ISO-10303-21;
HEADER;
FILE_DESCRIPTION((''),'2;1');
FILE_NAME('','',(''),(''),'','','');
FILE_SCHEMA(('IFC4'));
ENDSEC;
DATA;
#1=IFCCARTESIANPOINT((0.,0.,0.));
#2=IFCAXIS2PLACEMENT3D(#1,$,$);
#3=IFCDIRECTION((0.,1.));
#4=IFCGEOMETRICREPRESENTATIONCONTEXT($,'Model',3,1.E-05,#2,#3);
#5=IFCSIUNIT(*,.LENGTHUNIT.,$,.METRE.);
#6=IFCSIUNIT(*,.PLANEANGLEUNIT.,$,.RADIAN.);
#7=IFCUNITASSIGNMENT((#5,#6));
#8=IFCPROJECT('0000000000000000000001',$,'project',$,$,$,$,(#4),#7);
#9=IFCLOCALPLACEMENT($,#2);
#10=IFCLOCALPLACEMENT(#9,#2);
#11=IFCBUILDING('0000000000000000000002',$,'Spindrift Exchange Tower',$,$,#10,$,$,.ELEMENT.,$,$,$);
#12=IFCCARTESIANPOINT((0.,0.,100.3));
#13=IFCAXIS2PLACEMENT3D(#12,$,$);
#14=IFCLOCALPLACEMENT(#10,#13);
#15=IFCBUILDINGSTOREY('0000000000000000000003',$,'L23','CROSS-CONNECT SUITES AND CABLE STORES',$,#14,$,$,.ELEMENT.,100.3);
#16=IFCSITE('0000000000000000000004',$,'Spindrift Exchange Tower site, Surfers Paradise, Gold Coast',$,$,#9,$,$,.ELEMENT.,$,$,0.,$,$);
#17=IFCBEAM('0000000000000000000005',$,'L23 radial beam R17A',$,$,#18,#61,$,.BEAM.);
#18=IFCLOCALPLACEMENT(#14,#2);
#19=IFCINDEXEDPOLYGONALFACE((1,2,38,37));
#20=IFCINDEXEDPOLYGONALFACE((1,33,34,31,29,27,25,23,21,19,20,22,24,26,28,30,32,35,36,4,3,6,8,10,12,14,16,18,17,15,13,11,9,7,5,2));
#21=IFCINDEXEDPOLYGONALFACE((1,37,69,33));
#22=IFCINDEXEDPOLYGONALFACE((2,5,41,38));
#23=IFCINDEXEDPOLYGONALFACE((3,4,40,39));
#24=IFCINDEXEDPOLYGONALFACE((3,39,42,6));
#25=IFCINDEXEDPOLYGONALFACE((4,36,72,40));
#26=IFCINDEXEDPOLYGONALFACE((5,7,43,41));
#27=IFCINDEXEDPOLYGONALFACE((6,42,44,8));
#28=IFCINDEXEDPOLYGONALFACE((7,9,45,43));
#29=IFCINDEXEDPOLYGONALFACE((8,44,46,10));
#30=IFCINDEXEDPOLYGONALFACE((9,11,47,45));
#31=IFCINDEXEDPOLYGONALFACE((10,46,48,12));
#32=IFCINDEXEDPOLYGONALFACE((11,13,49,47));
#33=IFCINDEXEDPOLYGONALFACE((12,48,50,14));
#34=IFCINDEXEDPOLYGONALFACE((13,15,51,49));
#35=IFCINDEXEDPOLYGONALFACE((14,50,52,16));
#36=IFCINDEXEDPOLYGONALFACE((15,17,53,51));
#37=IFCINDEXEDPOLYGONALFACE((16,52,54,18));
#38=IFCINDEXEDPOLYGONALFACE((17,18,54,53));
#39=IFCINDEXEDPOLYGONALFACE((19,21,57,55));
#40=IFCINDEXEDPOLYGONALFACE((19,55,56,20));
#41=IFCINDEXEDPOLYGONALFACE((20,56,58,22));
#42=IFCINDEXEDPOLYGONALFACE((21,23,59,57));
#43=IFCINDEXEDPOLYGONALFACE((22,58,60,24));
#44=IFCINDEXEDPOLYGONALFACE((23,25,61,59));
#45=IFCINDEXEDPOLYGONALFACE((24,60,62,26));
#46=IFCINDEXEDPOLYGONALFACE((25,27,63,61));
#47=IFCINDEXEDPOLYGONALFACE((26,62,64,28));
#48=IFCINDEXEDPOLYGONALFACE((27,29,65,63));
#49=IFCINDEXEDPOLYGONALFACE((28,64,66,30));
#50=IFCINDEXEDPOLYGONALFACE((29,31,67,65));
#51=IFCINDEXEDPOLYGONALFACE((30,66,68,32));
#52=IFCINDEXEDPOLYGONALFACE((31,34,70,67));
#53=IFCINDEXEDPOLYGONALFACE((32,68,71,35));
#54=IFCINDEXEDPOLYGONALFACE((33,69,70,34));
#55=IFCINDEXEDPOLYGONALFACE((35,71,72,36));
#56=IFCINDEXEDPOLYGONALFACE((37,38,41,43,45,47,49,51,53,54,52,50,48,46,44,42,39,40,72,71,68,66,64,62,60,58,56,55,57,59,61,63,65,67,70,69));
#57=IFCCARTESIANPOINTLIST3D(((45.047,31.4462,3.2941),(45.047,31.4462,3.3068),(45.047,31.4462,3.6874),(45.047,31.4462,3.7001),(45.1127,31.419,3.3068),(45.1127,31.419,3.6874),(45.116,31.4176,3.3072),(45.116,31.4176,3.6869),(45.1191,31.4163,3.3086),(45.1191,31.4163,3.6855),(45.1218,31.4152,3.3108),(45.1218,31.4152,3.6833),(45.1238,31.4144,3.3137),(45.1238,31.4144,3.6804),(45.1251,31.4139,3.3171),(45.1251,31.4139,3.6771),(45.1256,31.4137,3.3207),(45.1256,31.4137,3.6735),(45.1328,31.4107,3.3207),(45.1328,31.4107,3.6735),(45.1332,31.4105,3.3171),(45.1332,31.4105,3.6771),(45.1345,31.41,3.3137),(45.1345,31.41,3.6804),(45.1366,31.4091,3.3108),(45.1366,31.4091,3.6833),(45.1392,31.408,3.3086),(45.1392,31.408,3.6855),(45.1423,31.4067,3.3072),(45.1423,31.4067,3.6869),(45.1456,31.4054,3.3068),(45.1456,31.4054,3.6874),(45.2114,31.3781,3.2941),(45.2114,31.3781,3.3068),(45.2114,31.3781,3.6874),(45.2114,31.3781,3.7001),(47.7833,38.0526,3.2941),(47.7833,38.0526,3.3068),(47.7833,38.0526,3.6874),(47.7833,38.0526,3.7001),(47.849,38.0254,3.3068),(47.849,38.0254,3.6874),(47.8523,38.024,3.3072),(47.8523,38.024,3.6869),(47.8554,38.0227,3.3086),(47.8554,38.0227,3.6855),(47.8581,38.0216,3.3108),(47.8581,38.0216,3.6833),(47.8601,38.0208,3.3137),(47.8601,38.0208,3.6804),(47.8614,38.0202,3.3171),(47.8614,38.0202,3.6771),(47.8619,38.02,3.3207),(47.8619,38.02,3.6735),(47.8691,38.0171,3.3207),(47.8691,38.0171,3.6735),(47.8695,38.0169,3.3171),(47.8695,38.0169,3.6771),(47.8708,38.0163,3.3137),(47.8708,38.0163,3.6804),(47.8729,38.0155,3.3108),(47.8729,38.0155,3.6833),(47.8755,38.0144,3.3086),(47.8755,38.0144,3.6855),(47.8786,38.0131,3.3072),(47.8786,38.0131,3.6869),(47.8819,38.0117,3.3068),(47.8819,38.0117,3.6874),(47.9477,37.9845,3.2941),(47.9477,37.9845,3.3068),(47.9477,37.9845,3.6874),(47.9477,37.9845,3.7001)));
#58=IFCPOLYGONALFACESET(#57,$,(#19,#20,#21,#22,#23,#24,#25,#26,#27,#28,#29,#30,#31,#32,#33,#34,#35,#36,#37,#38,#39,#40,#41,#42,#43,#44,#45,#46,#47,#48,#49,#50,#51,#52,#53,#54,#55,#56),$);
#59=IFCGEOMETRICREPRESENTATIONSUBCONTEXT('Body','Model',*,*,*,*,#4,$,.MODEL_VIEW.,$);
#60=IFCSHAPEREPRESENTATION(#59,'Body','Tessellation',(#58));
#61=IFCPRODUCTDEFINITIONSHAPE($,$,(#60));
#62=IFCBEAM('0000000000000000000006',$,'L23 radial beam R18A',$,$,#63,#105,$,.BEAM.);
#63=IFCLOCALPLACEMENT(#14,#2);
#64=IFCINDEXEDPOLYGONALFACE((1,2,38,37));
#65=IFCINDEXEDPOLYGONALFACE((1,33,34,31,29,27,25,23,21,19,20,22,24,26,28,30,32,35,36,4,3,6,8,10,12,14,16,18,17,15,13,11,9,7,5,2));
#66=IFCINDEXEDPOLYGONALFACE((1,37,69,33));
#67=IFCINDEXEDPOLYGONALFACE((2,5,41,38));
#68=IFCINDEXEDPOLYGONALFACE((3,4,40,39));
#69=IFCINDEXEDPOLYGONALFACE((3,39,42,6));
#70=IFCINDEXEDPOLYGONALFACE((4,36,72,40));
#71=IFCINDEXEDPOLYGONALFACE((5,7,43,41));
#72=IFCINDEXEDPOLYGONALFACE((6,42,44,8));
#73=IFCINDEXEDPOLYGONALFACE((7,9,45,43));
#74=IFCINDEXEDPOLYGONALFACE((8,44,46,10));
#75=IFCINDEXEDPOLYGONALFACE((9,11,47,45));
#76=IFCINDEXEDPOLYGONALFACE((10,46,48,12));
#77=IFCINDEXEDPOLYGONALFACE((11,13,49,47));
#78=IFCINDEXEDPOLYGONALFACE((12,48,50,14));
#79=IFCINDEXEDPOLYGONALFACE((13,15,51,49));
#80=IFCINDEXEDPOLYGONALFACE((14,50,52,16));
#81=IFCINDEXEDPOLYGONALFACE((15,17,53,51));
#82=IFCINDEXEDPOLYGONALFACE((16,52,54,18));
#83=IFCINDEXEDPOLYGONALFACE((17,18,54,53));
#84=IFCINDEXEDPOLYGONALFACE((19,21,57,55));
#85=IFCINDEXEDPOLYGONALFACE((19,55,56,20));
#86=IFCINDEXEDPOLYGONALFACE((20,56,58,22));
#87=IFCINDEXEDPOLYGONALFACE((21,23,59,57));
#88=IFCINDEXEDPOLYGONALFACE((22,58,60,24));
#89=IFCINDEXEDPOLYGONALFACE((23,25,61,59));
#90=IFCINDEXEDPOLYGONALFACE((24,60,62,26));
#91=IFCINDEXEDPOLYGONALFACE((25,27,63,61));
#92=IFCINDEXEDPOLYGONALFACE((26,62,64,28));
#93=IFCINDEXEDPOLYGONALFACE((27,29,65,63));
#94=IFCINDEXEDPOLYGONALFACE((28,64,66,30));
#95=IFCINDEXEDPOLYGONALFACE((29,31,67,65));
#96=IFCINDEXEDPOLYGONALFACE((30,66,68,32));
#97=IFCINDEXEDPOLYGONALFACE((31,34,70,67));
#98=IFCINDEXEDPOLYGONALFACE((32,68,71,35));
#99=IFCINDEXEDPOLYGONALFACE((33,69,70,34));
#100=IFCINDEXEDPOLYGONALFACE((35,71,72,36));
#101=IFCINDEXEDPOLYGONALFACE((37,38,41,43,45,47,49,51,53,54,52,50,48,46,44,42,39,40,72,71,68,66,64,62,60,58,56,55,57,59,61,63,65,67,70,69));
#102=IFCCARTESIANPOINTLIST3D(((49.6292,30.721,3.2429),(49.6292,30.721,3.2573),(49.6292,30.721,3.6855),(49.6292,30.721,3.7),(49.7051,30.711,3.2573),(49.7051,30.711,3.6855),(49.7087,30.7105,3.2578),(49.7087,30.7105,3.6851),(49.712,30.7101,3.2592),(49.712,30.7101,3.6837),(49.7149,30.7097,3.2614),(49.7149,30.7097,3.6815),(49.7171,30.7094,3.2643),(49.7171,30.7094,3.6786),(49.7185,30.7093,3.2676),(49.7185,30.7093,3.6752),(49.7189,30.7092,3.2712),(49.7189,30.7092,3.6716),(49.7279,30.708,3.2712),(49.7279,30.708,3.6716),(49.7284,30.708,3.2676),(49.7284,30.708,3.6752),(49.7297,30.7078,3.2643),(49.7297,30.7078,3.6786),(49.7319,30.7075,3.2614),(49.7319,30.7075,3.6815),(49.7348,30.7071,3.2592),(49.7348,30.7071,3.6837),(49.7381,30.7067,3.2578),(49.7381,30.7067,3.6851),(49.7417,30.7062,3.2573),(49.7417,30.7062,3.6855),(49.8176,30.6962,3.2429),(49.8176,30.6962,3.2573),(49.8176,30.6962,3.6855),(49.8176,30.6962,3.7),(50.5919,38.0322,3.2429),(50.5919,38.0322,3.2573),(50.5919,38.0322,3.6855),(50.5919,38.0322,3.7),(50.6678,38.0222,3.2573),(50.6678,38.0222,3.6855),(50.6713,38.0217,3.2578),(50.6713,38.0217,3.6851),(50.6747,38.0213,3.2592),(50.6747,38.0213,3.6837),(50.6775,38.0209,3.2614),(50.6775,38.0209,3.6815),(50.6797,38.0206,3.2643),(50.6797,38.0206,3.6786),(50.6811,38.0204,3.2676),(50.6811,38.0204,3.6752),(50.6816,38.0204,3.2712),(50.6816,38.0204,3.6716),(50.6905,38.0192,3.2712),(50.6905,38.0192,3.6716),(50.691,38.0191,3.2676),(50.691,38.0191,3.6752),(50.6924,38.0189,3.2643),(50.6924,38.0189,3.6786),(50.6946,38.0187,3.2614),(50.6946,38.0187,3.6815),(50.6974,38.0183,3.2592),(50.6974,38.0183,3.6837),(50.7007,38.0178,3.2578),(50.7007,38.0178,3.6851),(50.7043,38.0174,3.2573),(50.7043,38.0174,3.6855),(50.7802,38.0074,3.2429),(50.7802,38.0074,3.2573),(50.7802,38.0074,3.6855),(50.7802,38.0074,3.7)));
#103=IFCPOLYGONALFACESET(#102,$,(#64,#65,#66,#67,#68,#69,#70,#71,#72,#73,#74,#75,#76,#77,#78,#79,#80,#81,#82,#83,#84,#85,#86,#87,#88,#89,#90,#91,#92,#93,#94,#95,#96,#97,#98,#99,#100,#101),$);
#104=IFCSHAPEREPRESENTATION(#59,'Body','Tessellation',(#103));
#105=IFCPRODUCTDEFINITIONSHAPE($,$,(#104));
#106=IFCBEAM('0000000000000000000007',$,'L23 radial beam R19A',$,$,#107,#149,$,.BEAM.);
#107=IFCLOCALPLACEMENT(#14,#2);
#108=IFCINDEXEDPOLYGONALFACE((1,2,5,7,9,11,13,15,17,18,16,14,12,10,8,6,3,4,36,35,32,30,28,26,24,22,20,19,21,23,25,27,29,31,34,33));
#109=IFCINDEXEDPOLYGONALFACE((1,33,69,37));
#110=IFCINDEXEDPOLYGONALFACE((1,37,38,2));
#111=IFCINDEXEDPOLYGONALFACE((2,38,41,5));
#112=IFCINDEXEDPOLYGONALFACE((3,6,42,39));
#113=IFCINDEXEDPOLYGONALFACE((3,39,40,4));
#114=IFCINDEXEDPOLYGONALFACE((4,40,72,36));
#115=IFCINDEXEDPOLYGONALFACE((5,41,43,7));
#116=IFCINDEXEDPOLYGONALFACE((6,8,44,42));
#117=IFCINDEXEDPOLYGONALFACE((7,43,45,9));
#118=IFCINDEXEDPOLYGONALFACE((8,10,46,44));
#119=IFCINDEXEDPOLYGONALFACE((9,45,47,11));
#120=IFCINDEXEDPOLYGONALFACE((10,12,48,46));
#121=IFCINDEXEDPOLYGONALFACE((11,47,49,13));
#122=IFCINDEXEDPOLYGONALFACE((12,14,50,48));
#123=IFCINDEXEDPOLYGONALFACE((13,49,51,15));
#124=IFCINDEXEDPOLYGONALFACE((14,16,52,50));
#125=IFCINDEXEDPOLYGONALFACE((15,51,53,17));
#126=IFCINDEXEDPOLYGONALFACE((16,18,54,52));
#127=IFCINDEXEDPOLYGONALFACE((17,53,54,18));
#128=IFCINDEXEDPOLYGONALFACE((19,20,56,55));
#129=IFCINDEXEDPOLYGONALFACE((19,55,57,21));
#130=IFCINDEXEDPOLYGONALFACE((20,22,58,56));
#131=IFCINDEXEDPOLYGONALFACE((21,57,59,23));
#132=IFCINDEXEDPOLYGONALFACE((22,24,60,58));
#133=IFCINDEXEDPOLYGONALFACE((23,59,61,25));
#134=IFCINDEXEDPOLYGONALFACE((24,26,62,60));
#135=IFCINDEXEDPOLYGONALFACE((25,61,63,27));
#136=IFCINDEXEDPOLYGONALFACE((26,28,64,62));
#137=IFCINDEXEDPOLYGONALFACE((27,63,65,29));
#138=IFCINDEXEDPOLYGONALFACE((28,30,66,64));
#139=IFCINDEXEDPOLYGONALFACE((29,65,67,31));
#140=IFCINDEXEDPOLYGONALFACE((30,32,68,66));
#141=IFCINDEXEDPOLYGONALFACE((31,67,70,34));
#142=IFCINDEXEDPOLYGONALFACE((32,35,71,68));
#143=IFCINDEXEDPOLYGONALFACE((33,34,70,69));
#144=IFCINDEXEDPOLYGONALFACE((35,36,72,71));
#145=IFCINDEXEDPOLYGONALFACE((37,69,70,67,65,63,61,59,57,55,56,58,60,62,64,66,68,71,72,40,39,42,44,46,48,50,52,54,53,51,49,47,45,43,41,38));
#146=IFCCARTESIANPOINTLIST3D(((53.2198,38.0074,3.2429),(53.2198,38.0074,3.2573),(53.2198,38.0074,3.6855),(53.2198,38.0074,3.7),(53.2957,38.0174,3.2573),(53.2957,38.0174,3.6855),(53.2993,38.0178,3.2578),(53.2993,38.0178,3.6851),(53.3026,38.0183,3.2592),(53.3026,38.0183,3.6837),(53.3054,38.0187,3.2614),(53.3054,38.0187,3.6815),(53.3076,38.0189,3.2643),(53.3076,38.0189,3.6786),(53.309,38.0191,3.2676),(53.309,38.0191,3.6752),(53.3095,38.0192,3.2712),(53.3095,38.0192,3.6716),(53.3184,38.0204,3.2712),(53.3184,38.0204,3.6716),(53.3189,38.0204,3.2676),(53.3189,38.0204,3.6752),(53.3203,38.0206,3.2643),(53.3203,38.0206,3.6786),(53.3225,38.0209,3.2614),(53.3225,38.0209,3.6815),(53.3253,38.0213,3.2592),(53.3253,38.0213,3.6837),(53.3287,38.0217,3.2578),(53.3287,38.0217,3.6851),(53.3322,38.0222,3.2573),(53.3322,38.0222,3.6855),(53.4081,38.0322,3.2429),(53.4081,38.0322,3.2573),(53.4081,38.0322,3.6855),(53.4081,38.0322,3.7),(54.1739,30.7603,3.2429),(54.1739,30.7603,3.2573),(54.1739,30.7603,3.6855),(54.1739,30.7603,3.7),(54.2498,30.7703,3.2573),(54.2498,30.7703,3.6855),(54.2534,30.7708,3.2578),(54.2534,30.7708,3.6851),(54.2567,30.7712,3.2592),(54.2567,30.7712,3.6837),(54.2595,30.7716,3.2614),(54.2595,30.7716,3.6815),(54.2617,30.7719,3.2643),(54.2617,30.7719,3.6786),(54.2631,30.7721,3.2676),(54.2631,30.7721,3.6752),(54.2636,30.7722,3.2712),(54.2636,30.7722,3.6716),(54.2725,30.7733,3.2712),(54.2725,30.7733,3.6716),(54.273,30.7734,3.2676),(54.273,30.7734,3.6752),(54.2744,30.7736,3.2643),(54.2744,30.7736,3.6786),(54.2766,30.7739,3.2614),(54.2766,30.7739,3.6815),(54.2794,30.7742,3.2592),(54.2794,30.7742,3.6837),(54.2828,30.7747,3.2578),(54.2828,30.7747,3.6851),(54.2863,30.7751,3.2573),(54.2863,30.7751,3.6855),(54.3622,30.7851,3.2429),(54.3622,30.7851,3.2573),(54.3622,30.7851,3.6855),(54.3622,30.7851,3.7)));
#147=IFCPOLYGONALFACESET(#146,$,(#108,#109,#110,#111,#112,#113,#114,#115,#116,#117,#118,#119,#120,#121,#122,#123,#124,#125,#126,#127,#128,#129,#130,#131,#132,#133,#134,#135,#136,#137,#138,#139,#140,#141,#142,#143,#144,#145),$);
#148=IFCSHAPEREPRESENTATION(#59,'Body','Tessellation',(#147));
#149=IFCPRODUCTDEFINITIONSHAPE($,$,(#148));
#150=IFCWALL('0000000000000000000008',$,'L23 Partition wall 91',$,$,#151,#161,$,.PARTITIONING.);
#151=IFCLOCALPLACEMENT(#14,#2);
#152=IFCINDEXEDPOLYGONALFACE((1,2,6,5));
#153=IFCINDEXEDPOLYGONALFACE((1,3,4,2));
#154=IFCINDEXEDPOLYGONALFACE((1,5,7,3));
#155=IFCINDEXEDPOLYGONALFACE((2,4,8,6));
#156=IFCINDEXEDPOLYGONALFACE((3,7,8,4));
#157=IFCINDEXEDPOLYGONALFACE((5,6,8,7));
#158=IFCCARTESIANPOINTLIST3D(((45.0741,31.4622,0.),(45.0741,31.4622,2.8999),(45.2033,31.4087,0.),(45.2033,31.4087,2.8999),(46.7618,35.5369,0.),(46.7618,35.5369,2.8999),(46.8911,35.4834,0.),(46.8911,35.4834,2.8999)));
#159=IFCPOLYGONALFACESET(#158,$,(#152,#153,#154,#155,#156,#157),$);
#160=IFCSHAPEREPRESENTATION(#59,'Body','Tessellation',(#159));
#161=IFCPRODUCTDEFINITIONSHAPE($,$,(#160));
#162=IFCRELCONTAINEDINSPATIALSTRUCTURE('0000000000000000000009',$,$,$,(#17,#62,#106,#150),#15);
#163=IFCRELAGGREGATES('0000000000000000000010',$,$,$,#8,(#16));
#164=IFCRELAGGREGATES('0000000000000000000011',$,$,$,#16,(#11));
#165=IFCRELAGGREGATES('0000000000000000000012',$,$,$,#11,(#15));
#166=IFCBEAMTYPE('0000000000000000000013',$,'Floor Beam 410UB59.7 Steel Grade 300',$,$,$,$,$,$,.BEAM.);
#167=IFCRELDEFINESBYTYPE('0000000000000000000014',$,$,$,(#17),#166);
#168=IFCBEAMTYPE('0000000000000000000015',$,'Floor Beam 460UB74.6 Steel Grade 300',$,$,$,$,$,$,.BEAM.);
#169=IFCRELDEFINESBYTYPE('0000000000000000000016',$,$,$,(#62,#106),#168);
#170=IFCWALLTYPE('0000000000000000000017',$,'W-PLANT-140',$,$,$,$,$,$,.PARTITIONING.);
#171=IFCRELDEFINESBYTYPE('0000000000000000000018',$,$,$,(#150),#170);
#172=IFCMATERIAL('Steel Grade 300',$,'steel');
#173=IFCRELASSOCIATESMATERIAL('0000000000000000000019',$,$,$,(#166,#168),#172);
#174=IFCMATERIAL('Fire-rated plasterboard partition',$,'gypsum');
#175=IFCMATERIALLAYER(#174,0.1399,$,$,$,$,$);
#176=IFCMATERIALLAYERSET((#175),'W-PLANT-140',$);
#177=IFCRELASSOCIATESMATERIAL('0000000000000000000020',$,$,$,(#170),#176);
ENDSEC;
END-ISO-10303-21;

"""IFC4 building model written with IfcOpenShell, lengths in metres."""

from ifc_helpers import new_model, si_unit, direction, frame, frame_2d, origin, origin_2d, place, context, subcontext, project, spatial, rectangle, i_section, extrude, source, transform, mapped, material, layer, layer_set, material_profile, profile_set, type_object, element, save


model = new_model("IFC4")

# Units and contexts
model_context = context("Model", 3, precision=1e-05, world=origin(), true_north=direction((0.0, 1.0)))
body_context = subcontext(model_context, "Body", "Model", "MODEL_VIEW")
ifc_project = project(units=[si_unit("LENGTHUNIT", "METRE"), si_unit("PLANEANGLEUNIT", "RADIAN")], contexts=[model_context])

# Site, building, storey
site_placement = place(None, origin())
site = spatial("IfcSite", under=ifc_project, at=site_placement, Name="Spindrift Exchange Tower site, Surfers Paradise, Gold Coast", CompositionType="ELEMENT", RefElevation=0.0)
building_placement = place(site_placement, origin())
building = spatial("IfcBuilding", under=site, at=building_placement, Name="Spindrift Exchange Tower", CompositionType="ELEMENT")
storey_placement = place(building_placement, frame((0.0, 0.0, 100.3)))
storey = spatial("IfcBuildingStorey", under=building, at=storey_placement, Name="L23", Description="CROSS-CONNECT SUITES AND CABLE STORES", CompositionType="ELEMENT", Elevation=100.3)

# Beams
ifc_material_1 = material(Name="Steel Grade 300", Category="steel")
ifc_material_profile_1 = material_profile(ifc_material_1, i_section(OverallWidth=0.178, OverallDepth=0.406, WebThickness=0.0078, FlangeThickness=0.0127, FilletRadius=0.0139, at=origin_2d()), Name="410UB59.7")
ifc_profile_set_1 = profile_set([ifc_material_profile_1], Name="Steel Grade 300")
beam_type_1 = type_object("IfcBeamType", Name="Floor Beam 410UB59.7 Steel Grade 300", PredefinedType="BEAM", material=ifc_profile_set_1)
shared_shape_1 = source(origin(), body_context, "Body", "SweptSolid", [
    extrude(i_section(OverallWidth=0.178, OverallDepth=0.406, WebThickness=0.0078, FlangeThickness=0.0127, FilletRadius=0.0139, at=origin_2d()), origin(), (0.0, 0.0, 1.0), 7.1506),
])
beam_1_placement = place(storey_placement, frame((47.8655, 38.0186, 3.4971), z_axis=(-0.382665, -0.923887, 0.0), x_axis=(0.923887, -0.382665, 0.0)))
element("IfcBeam", 1, at=beam_1_placement, inside=storey, type_object=beam_type_1, Name="L23 radial beam R17A", PredefinedType="BEAM", context=body_context, shape_type="MappedRepresentation", body=[
    mapped(shared_shape_1, transform((0.0, 0.0, 0.0), scale=1.0)),
])
ifc_material_profile_2 = material_profile(ifc_material_1, i_section(OverallWidth=0.1899, OverallDepth=0.457, WebThickness=0.009, FlangeThickness=0.0144, FilletRadius=0.0139, at=origin_2d()), Name="460UB74.6")
ifc_profile_set_2 = profile_set([ifc_material_profile_2], Name="Steel Grade 300")
beam_type_2 = type_object("IfcBeamType", Name="Floor Beam 460UB74.6 Steel Grade 300", PredefinedType="BEAM", material=ifc_profile_set_2)
shared_shape_2 = source(origin(), body_context, "Body", "SweptSolid", [
    extrude(i_section(OverallWidth=0.1899, OverallDepth=0.457, WebThickness=0.009, FlangeThickness=0.0144, FilletRadius=0.0139, at=origin_2d()), origin(), (0.0, 0.0, 1.0), 7.3743),
])
beam_2_placement = place(storey_placement, frame((50.686, 38.0198, 3.4714), z_axis=(-0.130539, -0.991443, 0.0), x_axis=(0.991443, -0.130539, 0.0)))
element("IfcBeam", 2, at=beam_2_placement, inside=storey, type_object=beam_type_2, Name="L23 radial beam R18A", PredefinedType="BEAM", context=body_context, shape_type="MappedRepresentation", body=[
    mapped(shared_shape_2, transform((0.0, 0.0, 0.0), scale=1.0)),
])
shared_shape_3 = source(origin(), body_context, "Body", "SweptSolid", [
    extrude(i_section(OverallWidth=0.1899, OverallDepth=0.457, WebThickness=0.009, FlangeThickness=0.0144, FilletRadius=0.0139, at=origin_2d()), origin(), (0.0, 0.0, 1.0), 7.3096),
])
beam_3_placement = place(storey_placement, frame((53.314, 38.0198, 3.4714), z_axis=(0.130527, -0.991445, 0.0), x_axis=(0.991445, 0.130527, 0.0)))
element("IfcBeam", 3, at=beam_3_placement, inside=storey, type_object=beam_type_2, Name="L23 radial beam R19A", PredefinedType="BEAM", context=body_context, shape_type="MappedRepresentation", body=[
    mapped(shared_shape_3, transform((0.0, 0.0, 0.0), scale=1.0)),
])

# Wall
ifc_material_2 = material(Name="Fire-rated plasterboard partition", Category="gypsum")
ifc_layer_1 = layer(ifc_material_2, 0.1399)
ifc_layer_set_1 = layer_set([ifc_layer_1], Name="W-PLANT-140")
wall_type_1 = type_object("IfcWallType", Name="W-PLANT-140", PredefinedType="PARTITIONING", material=ifc_layer_set_1)
wall_1_placement = place(storey_placement, frame((46.8264, 35.51, 0.0), z_axis=(0.0, 0.0, 1.0), x_axis=(-0.382673, -0.923884, 0.0)))
element("IfcWall", 4, at=wall_1_placement, inside=storey, type_object=wall_type_1, Name="L23 Partition wall 91", PredefinedType="PARTITIONING", context=body_context, shape_type="SweptSolid", body=[
    extrude(rectangle(XDim=4.4104, YDim=0.1399, at=frame_2d((2.2051, 0.0))), origin(), (0.0, 0.0, 1.0), 2.8999),
])

save(model, "model.ifc")
